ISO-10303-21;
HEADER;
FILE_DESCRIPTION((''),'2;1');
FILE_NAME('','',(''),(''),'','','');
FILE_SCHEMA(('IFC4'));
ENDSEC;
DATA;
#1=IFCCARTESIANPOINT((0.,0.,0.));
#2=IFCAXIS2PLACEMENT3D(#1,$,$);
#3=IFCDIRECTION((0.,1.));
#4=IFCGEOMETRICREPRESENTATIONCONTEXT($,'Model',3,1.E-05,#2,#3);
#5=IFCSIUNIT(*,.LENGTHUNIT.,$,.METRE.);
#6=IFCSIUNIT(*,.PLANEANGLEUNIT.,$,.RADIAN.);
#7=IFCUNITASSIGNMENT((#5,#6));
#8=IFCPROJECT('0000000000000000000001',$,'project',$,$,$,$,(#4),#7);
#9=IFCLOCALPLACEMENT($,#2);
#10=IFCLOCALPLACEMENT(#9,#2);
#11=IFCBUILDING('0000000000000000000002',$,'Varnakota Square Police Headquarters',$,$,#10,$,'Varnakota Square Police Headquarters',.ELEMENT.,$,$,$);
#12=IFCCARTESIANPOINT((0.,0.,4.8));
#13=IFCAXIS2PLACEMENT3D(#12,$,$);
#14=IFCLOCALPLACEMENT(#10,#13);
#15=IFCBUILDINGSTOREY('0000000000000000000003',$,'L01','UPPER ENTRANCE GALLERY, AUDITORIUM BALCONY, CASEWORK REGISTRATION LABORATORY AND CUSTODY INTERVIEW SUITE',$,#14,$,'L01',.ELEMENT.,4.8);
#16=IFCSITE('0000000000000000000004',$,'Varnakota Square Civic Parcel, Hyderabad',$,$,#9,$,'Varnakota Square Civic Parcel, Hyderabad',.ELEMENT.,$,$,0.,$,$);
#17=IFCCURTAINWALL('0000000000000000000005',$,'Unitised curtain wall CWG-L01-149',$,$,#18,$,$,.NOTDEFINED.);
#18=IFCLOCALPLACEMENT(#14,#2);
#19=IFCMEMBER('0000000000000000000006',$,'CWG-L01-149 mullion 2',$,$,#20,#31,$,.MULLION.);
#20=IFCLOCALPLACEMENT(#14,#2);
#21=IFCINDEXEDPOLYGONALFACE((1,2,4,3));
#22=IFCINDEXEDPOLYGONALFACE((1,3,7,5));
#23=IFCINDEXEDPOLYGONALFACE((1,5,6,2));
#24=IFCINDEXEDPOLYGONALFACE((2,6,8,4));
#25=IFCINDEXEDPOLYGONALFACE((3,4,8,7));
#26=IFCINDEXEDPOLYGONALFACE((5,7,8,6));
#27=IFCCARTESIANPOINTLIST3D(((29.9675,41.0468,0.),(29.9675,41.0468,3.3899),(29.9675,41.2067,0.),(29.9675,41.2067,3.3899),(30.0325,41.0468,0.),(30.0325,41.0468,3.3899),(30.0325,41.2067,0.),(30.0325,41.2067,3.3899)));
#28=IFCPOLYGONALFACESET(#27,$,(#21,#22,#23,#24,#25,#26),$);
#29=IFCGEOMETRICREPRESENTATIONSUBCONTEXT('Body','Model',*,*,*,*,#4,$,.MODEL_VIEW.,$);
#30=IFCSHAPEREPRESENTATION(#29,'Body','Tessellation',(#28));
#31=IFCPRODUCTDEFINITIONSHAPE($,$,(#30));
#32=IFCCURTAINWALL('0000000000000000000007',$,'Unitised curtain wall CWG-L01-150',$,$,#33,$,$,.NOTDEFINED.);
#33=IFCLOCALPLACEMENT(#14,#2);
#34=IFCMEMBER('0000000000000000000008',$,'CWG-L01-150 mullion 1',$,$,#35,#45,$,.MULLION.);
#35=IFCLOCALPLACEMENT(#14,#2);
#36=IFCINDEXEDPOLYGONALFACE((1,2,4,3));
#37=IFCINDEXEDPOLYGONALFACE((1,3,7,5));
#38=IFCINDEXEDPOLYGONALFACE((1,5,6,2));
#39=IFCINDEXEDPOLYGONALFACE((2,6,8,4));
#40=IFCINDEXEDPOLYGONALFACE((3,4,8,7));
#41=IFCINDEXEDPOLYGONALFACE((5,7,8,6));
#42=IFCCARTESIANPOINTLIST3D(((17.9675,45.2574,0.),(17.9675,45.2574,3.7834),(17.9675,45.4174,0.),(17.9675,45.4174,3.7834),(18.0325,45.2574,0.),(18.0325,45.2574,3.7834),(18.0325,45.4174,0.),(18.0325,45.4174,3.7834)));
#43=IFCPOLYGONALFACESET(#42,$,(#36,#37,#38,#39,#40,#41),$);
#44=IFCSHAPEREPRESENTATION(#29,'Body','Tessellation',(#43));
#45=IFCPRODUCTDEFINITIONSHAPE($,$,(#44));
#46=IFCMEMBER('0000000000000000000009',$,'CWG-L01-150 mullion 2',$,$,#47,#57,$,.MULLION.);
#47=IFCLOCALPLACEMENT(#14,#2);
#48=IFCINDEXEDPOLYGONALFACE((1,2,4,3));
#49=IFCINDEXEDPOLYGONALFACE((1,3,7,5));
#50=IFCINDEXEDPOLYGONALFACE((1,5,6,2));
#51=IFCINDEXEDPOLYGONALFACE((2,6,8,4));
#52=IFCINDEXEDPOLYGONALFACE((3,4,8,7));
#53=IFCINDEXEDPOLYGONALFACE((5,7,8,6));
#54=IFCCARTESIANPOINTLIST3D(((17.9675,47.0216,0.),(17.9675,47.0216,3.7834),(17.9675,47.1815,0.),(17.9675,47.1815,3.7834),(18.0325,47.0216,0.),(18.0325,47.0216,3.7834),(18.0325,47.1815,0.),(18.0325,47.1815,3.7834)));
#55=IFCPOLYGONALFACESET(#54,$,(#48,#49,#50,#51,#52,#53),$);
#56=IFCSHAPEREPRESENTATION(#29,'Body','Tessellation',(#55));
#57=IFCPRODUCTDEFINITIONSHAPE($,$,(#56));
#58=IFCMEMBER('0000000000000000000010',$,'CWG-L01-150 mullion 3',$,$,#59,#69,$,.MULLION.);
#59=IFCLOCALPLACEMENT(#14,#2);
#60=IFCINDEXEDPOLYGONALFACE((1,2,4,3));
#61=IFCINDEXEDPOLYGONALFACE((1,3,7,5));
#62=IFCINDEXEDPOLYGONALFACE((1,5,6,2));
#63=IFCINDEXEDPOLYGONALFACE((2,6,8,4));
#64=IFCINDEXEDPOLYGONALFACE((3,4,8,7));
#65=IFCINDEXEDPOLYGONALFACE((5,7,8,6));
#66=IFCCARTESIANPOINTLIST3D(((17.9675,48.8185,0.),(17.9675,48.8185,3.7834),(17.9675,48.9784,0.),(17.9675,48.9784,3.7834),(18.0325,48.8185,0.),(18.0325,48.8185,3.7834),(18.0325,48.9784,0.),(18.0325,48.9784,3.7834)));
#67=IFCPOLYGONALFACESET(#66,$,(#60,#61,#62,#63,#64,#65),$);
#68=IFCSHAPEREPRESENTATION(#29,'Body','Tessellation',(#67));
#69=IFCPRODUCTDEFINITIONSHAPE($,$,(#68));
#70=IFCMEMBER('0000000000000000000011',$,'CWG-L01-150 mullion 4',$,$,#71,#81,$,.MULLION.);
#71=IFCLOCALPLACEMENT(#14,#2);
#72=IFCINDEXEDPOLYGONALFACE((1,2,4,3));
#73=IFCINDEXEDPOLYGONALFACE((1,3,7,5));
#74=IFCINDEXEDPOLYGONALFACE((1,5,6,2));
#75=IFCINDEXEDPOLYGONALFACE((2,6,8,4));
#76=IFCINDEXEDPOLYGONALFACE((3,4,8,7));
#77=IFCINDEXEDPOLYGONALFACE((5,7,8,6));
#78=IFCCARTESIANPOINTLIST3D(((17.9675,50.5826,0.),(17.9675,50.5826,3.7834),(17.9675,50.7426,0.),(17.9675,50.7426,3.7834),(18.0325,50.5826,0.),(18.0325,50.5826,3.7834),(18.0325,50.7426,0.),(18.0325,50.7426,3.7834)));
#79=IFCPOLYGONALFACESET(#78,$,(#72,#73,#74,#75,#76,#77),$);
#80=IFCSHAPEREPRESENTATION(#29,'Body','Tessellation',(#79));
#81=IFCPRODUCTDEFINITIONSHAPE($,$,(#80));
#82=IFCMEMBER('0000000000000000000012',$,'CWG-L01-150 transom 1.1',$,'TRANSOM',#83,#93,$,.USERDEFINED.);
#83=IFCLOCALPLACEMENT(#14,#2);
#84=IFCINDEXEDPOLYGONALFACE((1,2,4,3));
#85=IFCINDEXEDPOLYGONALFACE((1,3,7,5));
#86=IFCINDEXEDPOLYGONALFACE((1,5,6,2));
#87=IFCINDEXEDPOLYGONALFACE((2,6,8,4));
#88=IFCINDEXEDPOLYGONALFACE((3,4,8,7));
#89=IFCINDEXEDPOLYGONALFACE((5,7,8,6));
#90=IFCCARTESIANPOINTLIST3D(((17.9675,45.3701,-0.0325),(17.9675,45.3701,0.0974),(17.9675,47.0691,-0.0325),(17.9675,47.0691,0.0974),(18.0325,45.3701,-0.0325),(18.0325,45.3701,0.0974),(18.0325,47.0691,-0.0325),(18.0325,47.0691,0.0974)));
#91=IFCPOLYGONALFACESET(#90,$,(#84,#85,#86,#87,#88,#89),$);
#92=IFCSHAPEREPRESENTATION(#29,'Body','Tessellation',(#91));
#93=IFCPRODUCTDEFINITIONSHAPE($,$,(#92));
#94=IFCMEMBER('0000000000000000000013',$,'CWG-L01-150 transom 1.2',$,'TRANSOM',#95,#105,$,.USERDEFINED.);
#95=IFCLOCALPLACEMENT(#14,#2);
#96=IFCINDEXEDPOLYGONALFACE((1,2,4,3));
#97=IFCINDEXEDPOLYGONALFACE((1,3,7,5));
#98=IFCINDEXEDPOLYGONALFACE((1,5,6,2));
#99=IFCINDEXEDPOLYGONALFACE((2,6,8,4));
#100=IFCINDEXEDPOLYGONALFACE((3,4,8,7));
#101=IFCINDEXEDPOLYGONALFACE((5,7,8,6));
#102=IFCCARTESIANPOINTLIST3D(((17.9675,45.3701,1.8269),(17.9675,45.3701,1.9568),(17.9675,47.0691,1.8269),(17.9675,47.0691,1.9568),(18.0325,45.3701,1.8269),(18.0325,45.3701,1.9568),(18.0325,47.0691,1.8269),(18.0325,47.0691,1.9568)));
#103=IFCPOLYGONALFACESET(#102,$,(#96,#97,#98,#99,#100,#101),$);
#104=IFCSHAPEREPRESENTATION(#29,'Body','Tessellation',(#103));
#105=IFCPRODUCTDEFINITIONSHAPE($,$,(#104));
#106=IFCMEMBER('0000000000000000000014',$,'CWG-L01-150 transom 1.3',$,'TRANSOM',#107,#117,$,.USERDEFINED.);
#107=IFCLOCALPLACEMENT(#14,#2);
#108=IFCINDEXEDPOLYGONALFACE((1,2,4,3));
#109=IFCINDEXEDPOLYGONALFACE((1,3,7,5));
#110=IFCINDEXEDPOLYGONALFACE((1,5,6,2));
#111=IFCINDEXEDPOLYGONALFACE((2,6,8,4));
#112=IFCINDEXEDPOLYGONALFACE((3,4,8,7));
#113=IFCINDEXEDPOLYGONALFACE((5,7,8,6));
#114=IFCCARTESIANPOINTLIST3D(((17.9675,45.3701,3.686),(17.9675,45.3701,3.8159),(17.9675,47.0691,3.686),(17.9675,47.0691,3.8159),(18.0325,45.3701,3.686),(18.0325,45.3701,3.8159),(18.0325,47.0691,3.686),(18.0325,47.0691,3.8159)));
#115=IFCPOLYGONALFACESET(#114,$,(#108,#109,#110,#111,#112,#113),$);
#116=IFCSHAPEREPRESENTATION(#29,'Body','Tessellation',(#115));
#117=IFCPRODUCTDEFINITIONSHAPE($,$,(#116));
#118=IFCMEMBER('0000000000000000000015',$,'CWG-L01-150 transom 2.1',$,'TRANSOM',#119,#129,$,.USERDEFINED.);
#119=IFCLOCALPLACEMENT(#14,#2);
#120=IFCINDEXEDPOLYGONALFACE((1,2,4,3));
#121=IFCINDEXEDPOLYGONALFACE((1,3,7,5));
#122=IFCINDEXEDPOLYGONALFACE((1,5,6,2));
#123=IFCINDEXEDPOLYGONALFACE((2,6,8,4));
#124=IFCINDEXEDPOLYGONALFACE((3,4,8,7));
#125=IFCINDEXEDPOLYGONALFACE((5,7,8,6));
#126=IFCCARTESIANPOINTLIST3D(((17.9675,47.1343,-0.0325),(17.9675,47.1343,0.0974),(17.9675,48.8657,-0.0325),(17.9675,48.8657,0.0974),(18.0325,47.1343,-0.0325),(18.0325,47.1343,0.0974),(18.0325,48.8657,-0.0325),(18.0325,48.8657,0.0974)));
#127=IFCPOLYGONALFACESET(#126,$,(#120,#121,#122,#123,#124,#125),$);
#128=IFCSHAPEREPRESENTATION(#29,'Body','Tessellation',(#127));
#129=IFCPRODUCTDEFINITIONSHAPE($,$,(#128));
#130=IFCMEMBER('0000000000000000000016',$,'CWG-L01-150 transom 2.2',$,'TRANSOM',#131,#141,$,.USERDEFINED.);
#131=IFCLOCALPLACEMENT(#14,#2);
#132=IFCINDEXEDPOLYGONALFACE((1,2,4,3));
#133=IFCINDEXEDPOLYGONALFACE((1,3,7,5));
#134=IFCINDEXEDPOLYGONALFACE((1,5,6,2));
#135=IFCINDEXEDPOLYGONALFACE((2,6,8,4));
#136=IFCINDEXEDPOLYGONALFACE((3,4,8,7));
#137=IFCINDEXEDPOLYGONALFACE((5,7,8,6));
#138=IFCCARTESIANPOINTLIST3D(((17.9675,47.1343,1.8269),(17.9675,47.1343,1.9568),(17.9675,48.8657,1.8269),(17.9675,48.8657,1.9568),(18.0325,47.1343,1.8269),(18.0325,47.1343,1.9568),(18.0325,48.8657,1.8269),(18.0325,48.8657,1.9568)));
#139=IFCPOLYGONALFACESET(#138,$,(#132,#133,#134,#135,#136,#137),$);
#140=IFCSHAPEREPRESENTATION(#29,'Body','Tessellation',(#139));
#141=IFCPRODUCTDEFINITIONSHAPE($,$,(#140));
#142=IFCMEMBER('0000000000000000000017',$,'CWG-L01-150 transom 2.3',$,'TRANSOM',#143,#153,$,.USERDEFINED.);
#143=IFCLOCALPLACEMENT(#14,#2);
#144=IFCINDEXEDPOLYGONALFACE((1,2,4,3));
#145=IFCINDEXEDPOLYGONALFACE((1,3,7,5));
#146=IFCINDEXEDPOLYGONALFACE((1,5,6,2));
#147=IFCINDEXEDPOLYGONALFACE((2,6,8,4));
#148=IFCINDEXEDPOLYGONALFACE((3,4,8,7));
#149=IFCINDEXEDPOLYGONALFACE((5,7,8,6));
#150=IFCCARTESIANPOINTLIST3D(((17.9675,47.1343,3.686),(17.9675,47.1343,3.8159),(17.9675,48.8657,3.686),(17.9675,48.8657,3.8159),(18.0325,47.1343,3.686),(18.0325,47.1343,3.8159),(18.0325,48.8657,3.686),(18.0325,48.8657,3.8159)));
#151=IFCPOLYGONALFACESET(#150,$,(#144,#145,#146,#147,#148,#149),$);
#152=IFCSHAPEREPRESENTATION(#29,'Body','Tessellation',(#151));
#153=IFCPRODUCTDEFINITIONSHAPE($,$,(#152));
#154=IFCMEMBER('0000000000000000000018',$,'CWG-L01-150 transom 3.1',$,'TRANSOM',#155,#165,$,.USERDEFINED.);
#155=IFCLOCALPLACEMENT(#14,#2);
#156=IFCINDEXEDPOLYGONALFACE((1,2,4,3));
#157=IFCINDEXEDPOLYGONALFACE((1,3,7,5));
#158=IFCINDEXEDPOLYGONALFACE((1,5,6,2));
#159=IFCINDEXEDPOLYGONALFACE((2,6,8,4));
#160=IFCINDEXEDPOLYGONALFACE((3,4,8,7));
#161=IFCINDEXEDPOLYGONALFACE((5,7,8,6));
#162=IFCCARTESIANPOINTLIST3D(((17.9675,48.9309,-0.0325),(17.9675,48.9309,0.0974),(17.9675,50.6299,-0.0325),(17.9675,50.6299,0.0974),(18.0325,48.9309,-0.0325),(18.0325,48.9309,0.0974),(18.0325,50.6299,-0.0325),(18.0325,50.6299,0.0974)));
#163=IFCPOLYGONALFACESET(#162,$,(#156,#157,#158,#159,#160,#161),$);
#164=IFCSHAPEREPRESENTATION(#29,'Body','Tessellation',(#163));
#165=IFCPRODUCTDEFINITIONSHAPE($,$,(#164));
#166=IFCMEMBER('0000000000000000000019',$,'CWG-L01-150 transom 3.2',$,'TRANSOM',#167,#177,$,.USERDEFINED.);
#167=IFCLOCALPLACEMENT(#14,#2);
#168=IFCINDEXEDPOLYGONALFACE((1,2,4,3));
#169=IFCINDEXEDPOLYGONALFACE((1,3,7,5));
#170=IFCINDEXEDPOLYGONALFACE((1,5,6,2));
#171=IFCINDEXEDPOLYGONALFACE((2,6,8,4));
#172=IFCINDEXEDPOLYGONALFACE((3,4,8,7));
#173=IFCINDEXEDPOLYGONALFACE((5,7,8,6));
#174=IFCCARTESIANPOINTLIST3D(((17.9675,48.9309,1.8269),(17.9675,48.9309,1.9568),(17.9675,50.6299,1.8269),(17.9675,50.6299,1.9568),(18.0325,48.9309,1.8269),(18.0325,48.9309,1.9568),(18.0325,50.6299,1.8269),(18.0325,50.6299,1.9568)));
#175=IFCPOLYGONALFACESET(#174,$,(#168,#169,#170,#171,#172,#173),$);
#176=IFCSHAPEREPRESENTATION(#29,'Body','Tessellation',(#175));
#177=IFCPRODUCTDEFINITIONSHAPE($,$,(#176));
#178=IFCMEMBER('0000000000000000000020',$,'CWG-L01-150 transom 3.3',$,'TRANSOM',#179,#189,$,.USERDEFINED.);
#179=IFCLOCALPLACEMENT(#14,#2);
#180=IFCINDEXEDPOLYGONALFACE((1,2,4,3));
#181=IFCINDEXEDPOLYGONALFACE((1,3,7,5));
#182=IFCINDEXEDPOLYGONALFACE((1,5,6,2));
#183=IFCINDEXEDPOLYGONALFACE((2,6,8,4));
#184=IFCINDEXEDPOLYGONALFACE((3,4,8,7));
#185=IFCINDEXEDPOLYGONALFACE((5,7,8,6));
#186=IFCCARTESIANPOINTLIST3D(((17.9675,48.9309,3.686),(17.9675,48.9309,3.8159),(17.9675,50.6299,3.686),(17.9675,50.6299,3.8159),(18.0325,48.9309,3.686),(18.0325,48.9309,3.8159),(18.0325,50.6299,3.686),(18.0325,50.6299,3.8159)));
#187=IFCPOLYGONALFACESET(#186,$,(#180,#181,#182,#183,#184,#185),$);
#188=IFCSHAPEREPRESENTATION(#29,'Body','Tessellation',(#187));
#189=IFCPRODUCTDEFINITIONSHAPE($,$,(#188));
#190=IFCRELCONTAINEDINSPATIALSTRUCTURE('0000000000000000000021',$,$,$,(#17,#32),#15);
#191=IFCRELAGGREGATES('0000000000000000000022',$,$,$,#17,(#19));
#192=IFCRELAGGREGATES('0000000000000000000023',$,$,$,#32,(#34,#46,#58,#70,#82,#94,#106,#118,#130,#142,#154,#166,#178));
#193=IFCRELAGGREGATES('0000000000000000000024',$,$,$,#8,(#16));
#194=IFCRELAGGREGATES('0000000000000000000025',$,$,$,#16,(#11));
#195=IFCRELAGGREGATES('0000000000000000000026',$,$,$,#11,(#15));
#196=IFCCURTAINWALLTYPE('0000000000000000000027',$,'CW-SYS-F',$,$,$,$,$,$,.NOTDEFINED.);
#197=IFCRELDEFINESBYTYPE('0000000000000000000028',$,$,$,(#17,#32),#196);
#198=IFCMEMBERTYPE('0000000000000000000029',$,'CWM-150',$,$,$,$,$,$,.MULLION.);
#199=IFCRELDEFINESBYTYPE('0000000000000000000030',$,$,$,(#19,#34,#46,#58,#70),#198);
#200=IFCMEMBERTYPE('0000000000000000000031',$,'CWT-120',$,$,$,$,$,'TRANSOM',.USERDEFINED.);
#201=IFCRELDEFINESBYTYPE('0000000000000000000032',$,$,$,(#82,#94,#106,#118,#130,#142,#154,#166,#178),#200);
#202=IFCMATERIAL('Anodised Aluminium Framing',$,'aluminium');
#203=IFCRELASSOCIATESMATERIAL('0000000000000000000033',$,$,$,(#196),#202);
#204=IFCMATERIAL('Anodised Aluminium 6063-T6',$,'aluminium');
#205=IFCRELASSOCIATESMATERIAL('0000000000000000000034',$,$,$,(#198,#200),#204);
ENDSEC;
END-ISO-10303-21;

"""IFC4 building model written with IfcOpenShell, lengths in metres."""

from ifc_helpers import new_model, si_unit, direction, frame, origin, origin_2d, place, context, subcontext, project, spatial, rectangle, extrude, material, material_profile, profile_set, type_object, element, aggregate, save


model = new_model("IFC4")

# Units and contexts
model_context = context("Model", 3, precision=1e-05, world=origin(), true_north=direction((0.0, 1.0)))
body_context = subcontext(model_context, "Body", "Model", "MODEL_VIEW")
ifc_project = project(units=[si_unit("LENGTHUNIT", "METRE"), si_unit("PLANEANGLEUNIT", "RADIAN")], contexts=[model_context])

# Site, building, storey
site_placement = place(None, origin())
site = spatial("IfcSite", under=ifc_project, at=site_placement, Name="Varnakota Square Civic Parcel, Hyderabad", LongName="Varnakota Square Civic Parcel, Hyderabad", CompositionType="ELEMENT", RefElevation=0.0)
building_placement = place(site_placement, origin())
building = spatial("IfcBuilding", under=site, at=building_placement, Name="Varnakota Square Police Headquarters", LongName="Varnakota Square Police Headquarters", CompositionType="ELEMENT")
storey_placement = place(building_placement, frame((0.0, 0.0, 4.8)))
storey = spatial("IfcBuildingStorey", under=building, at=storey_placement, Name="L01", Description="UPPER ENTRANCE GALLERY, AUDITORIUM BALCONY, CASEWORK REGISTRATION LABORATORY AND CUSTODY INTERVIEW SUITE", LongName="L01", CompositionType="ELEMENT", Elevation=4.8)

# Curtain wall, member
ifc_material_1 = material(Name="Anodised Aluminium Framing", Category="aluminium")
curtain_wall_type = type_object("IfcCurtainWallType", Name="CW-SYS-F", PredefinedType="NOTDEFINED", material=ifc_material_1)
curtain_wall_1_placement = place(storey_placement, origin())
curtain_wall_1 = element("IfcCurtainWall", 1, at=curtain_wall_1_placement, inside=storey, type_object=curtain_wall_type, Name="Unitised curtain wall CWG-L01-149", PredefinedType="NOTDEFINED")
ifc_material_2 = material(Name="Anodised Aluminium 6063-T6", Category="aluminium")
ifc_material_profile_1 = material_profile(ifc_material_2, rectangle(XDim=0.0649, YDim=0.1599, at=origin_2d()), Name="ALU MULLION 65x160")
ifc_profile_set_1 = profile_set([ifc_material_profile_1], Name="Anodised Aluminium 6063-T6")
member_type_1 = type_object("IfcMemberType", Name="CWM-150", PredefinedType="MULLION", material=ifc_profile_set_1)
member_1_placement = place(storey_placement, frame((30.0, 41.1267, 0.0), z_axis=(0.0, 0.0, 1.0), x_axis=(-1.0, 0.0, 0.0)))
member_1 = element("IfcMember", 2, at=member_1_placement, type_object=member_type_1, Name="CWG-L01-149 mullion 2", PredefinedType="MULLION", context=body_context, shape_type="SweptSolid", body=[
    extrude(rectangle(XDim=0.0649, YDim=0.1599, at=origin_2d()), origin(), (0.0, 0.0, 1.0), 3.3899),
])

# Curtain wall, members
curtain_wall_2_placement = place(storey_placement, origin())
curtain_wall_2 = element("IfcCurtainWall", 3, at=curtain_wall_2_placement, inside=storey, type_object=curtain_wall_type, Name="Unitised curtain wall CWG-L01-150", PredefinedType="NOTDEFINED")
member_2_placement = place(storey_placement, frame((18.0, 45.3374, 0.0), z_axis=(0.0, 0.0, 1.0), x_axis=(-1.0, 0.0, 0.0)))
member_2 = element("IfcMember", 4, at=member_2_placement, type_object=member_type_1, Name="CWG-L01-150 mullion 1", PredefinedType="MULLION", context=body_context, shape_type="SweptSolid", body=[
    extrude(rectangle(XDim=0.0649, YDim=0.1599, at=origin_2d()), origin(), (0.0, 0.0, 1.0), 3.7834),
])
member_3_placement = place(storey_placement, frame((18.0, 47.1016, 0.0), z_axis=(0.0, 0.0, 1.0), x_axis=(-1.0, 0.0, 0.0)))
member_3 = element("IfcMember", 5, at=member_3_placement, type_object=member_type_1, Name="CWG-L01-150 mullion 2", PredefinedType="MULLION", context=body_context, shape_type="SweptSolid", body=[
    extrude(rectangle(XDim=0.0649, YDim=0.1599, at=origin_2d()), origin(), (0.0, 0.0, 1.0), 3.7834),
])
member_4_placement = place(storey_placement, frame((18.0, 48.8984, 0.0), z_axis=(0.0, 0.0, 1.0), x_axis=(-1.0, 0.0, 0.0)))
member_4 = element("IfcMember", 6, at=member_4_placement, type_object=member_type_1, Name="CWG-L01-150 mullion 3", PredefinedType="MULLION", context=body_context, shape_type="SweptSolid", body=[
    extrude(rectangle(XDim=0.0649, YDim=0.1599, at=origin_2d()), origin(), (0.0, 0.0, 1.0), 3.7834),
])
member_5_placement = place(storey_placement, frame((18.0, 50.6626, 0.0), z_axis=(0.0, 0.0, 1.0), x_axis=(-1.0, 0.0, 0.0)))
member_5 = element("IfcMember", 7, at=member_5_placement, type_object=member_type_1, Name="CWG-L01-150 mullion 4", PredefinedType="MULLION", context=body_context, shape_type="SweptSolid", body=[
    extrude(rectangle(XDim=0.0649, YDim=0.1599, at=origin_2d()), origin(), (0.0, 0.0, 1.0), 3.7834),
])
ifc_material_profile_2 = material_profile(ifc_material_2, rectangle(XDim=0.0649, YDim=0.1299, at=origin_2d()), Name="ALU TRANSOM 65x130")
ifc_profile_set_2 = profile_set([ifc_material_profile_2], Name="Anodised Aluminium 6063-T6")
member_type_2 = type_object("IfcMemberType", Name="CWT-120", ElementType="TRANSOM", PredefinedType="USERDEFINED", material=ifc_profile_set_2)
member_6_placement = place(storey_placement, frame((18.0, 45.3701, 0.0325), z_axis=(0.0, 1.0, 0.0), x_axis=(-1.0, 0.0, 0.0)))
member_6 = element("IfcMember", 8, at=member_6_placement, type_object=member_type_2, Name="CWG-L01-150 transom 1.1", ObjectType="TRANSOM", PredefinedType="USERDEFINED", context=body_context, shape_type="SweptSolid", body=[
    extrude(rectangle(XDim=0.0649, YDim=0.1299, at=origin_2d()), origin(), (0.0, 0.0, 1.0), 1.699),
])
member_7_placement = place(storey_placement, frame((18.0, 45.3701, 1.8918), z_axis=(0.0, 1.0, 0.0), x_axis=(-1.0, 0.0, 0.0)))
member_7 = element("IfcMember", 9, at=member_7_placement, type_object=member_type_2, Name="CWG-L01-150 transom 1.2", ObjectType="TRANSOM", PredefinedType="USERDEFINED", context=body_context, shape_type="SweptSolid", body=[
    extrude(rectangle(XDim=0.0649, YDim=0.1299, at=origin_2d()), origin(), (0.0, 0.0, 1.0), 1.699),
])
member_8_placement = place(storey_placement, frame((18.0, 45.3701, 3.751), z_axis=(0.0, 1.0, 0.0), x_axis=(-1.0, 0.0, 0.0)))
member_8 = element("IfcMember", 10, at=member_8_placement, type_object=member_type_2, Name="CWG-L01-150 transom 1.3", ObjectType="TRANSOM", PredefinedType="USERDEFINED", context=body_context, shape_type="SweptSolid", body=[
    extrude(rectangle(XDim=0.0649, YDim=0.1299, at=origin_2d()), origin(), (0.0, 0.0, 1.0), 1.699),
])
member_9_placement = place(storey_placement, frame((18.0, 47.1343, 0.0325), z_axis=(0.0, 1.0, 0.0), x_axis=(-1.0, 0.0, 0.0)))
member_9 = element("IfcMember", 11, at=member_9_placement, type_object=member_type_2, Name="CWG-L01-150 transom 2.1", ObjectType="TRANSOM", PredefinedType="USERDEFINED", context=body_context, shape_type="SweptSolid", body=[
    extrude(rectangle(XDim=0.0649, YDim=0.1299, at=origin_2d()), origin(), (0.0, 0.0, 1.0), 1.7314),
])
member_10_placement = place(storey_placement, frame((18.0, 47.1343, 1.8918), z_axis=(0.0, 1.0, 0.0), x_axis=(-1.0, 0.0, 0.0)))
member_10 = element("IfcMember", 12, at=member_10_placement, type_object=member_type_2, Name="CWG-L01-150 transom 2.2", ObjectType="TRANSOM", PredefinedType="USERDEFINED", context=body_context, shape_type="SweptSolid", body=[
    extrude(rectangle(XDim=0.0649, YDim=0.1299, at=origin_2d()), origin(), (0.0, 0.0, 1.0), 1.7314),
])
member_11_placement = place(storey_placement, frame((18.0, 47.1343, 3.751), z_axis=(0.0, 1.0, 0.0), x_axis=(-1.0, 0.0, 0.0)))
member_11 = element("IfcMember", 13, at=member_11_placement, type_object=member_type_2, Name="CWG-L01-150 transom 2.3", ObjectType="TRANSOM", PredefinedType="USERDEFINED", context=body_context, shape_type="SweptSolid", body=[
    extrude(rectangle(XDim=0.0649, YDim=0.1299, at=origin_2d()), origin(), (0.0, 0.0, 1.0), 1.7314),
])
member_12_placement = place(storey_placement, frame((18.0, 48.9309, 0.0325), z_axis=(0.0, 1.0, 0.0), x_axis=(-1.0, 0.0, 0.0)))
member_12 = element("IfcMember", 14, at=member_12_placement, type_object=member_type_2, Name="CWG-L01-150 transom 3.1", ObjectType="TRANSOM", PredefinedType="USERDEFINED", context=body_context, shape_type="SweptSolid", body=[
    extrude(rectangle(XDim=0.0649, YDim=0.1299, at=origin_2d()), origin(), (0.0, 0.0, 1.0), 1.699),
])
member_13_placement = place(storey_placement, frame((18.0, 48.9309, 1.8918), z_axis=(0.0, 1.0, 0.0), x_axis=(-1.0, 0.0, 0.0)))
member_13 = element("IfcMember", 15, at=member_13_placement, type_object=member_type_2, Name="CWG-L01-150 transom 3.2", ObjectType="TRANSOM", PredefinedType="USERDEFINED", context=body_context, shape_type="SweptSolid", body=[
    extrude(rectangle(XDim=0.0649, YDim=0.1299, at=origin_2d()), origin(), (0.0, 0.0, 1.0), 1.699),
])
member_14_placement = place(storey_placement, frame((18.0, 48.9309, 3.751), z_axis=(0.0, 1.0, 0.0), x_axis=(-1.0, 0.0, 0.0)))
member_14 = element("IfcMember", 16, at=member_14_placement, type_object=member_type_2, Name="CWG-L01-150 transom 3.3", ObjectType="TRANSOM", PredefinedType="USERDEFINED", context=body_context, shape_type="SweptSolid", body=[
    extrude(rectangle(XDim=0.0649, YDim=0.1299, at=origin_2d()), origin(), (0.0, 0.0, 1.0), 1.699),
])

aggregate(curtain_wall_1, [member_1])
aggregate(curtain_wall_2, [member_2, member_3, member_4, member_5, member_6, member_7, member_8, member_9, member_10, member_11, member_12, member_13, member_14])

save(model, "model.ifc")
